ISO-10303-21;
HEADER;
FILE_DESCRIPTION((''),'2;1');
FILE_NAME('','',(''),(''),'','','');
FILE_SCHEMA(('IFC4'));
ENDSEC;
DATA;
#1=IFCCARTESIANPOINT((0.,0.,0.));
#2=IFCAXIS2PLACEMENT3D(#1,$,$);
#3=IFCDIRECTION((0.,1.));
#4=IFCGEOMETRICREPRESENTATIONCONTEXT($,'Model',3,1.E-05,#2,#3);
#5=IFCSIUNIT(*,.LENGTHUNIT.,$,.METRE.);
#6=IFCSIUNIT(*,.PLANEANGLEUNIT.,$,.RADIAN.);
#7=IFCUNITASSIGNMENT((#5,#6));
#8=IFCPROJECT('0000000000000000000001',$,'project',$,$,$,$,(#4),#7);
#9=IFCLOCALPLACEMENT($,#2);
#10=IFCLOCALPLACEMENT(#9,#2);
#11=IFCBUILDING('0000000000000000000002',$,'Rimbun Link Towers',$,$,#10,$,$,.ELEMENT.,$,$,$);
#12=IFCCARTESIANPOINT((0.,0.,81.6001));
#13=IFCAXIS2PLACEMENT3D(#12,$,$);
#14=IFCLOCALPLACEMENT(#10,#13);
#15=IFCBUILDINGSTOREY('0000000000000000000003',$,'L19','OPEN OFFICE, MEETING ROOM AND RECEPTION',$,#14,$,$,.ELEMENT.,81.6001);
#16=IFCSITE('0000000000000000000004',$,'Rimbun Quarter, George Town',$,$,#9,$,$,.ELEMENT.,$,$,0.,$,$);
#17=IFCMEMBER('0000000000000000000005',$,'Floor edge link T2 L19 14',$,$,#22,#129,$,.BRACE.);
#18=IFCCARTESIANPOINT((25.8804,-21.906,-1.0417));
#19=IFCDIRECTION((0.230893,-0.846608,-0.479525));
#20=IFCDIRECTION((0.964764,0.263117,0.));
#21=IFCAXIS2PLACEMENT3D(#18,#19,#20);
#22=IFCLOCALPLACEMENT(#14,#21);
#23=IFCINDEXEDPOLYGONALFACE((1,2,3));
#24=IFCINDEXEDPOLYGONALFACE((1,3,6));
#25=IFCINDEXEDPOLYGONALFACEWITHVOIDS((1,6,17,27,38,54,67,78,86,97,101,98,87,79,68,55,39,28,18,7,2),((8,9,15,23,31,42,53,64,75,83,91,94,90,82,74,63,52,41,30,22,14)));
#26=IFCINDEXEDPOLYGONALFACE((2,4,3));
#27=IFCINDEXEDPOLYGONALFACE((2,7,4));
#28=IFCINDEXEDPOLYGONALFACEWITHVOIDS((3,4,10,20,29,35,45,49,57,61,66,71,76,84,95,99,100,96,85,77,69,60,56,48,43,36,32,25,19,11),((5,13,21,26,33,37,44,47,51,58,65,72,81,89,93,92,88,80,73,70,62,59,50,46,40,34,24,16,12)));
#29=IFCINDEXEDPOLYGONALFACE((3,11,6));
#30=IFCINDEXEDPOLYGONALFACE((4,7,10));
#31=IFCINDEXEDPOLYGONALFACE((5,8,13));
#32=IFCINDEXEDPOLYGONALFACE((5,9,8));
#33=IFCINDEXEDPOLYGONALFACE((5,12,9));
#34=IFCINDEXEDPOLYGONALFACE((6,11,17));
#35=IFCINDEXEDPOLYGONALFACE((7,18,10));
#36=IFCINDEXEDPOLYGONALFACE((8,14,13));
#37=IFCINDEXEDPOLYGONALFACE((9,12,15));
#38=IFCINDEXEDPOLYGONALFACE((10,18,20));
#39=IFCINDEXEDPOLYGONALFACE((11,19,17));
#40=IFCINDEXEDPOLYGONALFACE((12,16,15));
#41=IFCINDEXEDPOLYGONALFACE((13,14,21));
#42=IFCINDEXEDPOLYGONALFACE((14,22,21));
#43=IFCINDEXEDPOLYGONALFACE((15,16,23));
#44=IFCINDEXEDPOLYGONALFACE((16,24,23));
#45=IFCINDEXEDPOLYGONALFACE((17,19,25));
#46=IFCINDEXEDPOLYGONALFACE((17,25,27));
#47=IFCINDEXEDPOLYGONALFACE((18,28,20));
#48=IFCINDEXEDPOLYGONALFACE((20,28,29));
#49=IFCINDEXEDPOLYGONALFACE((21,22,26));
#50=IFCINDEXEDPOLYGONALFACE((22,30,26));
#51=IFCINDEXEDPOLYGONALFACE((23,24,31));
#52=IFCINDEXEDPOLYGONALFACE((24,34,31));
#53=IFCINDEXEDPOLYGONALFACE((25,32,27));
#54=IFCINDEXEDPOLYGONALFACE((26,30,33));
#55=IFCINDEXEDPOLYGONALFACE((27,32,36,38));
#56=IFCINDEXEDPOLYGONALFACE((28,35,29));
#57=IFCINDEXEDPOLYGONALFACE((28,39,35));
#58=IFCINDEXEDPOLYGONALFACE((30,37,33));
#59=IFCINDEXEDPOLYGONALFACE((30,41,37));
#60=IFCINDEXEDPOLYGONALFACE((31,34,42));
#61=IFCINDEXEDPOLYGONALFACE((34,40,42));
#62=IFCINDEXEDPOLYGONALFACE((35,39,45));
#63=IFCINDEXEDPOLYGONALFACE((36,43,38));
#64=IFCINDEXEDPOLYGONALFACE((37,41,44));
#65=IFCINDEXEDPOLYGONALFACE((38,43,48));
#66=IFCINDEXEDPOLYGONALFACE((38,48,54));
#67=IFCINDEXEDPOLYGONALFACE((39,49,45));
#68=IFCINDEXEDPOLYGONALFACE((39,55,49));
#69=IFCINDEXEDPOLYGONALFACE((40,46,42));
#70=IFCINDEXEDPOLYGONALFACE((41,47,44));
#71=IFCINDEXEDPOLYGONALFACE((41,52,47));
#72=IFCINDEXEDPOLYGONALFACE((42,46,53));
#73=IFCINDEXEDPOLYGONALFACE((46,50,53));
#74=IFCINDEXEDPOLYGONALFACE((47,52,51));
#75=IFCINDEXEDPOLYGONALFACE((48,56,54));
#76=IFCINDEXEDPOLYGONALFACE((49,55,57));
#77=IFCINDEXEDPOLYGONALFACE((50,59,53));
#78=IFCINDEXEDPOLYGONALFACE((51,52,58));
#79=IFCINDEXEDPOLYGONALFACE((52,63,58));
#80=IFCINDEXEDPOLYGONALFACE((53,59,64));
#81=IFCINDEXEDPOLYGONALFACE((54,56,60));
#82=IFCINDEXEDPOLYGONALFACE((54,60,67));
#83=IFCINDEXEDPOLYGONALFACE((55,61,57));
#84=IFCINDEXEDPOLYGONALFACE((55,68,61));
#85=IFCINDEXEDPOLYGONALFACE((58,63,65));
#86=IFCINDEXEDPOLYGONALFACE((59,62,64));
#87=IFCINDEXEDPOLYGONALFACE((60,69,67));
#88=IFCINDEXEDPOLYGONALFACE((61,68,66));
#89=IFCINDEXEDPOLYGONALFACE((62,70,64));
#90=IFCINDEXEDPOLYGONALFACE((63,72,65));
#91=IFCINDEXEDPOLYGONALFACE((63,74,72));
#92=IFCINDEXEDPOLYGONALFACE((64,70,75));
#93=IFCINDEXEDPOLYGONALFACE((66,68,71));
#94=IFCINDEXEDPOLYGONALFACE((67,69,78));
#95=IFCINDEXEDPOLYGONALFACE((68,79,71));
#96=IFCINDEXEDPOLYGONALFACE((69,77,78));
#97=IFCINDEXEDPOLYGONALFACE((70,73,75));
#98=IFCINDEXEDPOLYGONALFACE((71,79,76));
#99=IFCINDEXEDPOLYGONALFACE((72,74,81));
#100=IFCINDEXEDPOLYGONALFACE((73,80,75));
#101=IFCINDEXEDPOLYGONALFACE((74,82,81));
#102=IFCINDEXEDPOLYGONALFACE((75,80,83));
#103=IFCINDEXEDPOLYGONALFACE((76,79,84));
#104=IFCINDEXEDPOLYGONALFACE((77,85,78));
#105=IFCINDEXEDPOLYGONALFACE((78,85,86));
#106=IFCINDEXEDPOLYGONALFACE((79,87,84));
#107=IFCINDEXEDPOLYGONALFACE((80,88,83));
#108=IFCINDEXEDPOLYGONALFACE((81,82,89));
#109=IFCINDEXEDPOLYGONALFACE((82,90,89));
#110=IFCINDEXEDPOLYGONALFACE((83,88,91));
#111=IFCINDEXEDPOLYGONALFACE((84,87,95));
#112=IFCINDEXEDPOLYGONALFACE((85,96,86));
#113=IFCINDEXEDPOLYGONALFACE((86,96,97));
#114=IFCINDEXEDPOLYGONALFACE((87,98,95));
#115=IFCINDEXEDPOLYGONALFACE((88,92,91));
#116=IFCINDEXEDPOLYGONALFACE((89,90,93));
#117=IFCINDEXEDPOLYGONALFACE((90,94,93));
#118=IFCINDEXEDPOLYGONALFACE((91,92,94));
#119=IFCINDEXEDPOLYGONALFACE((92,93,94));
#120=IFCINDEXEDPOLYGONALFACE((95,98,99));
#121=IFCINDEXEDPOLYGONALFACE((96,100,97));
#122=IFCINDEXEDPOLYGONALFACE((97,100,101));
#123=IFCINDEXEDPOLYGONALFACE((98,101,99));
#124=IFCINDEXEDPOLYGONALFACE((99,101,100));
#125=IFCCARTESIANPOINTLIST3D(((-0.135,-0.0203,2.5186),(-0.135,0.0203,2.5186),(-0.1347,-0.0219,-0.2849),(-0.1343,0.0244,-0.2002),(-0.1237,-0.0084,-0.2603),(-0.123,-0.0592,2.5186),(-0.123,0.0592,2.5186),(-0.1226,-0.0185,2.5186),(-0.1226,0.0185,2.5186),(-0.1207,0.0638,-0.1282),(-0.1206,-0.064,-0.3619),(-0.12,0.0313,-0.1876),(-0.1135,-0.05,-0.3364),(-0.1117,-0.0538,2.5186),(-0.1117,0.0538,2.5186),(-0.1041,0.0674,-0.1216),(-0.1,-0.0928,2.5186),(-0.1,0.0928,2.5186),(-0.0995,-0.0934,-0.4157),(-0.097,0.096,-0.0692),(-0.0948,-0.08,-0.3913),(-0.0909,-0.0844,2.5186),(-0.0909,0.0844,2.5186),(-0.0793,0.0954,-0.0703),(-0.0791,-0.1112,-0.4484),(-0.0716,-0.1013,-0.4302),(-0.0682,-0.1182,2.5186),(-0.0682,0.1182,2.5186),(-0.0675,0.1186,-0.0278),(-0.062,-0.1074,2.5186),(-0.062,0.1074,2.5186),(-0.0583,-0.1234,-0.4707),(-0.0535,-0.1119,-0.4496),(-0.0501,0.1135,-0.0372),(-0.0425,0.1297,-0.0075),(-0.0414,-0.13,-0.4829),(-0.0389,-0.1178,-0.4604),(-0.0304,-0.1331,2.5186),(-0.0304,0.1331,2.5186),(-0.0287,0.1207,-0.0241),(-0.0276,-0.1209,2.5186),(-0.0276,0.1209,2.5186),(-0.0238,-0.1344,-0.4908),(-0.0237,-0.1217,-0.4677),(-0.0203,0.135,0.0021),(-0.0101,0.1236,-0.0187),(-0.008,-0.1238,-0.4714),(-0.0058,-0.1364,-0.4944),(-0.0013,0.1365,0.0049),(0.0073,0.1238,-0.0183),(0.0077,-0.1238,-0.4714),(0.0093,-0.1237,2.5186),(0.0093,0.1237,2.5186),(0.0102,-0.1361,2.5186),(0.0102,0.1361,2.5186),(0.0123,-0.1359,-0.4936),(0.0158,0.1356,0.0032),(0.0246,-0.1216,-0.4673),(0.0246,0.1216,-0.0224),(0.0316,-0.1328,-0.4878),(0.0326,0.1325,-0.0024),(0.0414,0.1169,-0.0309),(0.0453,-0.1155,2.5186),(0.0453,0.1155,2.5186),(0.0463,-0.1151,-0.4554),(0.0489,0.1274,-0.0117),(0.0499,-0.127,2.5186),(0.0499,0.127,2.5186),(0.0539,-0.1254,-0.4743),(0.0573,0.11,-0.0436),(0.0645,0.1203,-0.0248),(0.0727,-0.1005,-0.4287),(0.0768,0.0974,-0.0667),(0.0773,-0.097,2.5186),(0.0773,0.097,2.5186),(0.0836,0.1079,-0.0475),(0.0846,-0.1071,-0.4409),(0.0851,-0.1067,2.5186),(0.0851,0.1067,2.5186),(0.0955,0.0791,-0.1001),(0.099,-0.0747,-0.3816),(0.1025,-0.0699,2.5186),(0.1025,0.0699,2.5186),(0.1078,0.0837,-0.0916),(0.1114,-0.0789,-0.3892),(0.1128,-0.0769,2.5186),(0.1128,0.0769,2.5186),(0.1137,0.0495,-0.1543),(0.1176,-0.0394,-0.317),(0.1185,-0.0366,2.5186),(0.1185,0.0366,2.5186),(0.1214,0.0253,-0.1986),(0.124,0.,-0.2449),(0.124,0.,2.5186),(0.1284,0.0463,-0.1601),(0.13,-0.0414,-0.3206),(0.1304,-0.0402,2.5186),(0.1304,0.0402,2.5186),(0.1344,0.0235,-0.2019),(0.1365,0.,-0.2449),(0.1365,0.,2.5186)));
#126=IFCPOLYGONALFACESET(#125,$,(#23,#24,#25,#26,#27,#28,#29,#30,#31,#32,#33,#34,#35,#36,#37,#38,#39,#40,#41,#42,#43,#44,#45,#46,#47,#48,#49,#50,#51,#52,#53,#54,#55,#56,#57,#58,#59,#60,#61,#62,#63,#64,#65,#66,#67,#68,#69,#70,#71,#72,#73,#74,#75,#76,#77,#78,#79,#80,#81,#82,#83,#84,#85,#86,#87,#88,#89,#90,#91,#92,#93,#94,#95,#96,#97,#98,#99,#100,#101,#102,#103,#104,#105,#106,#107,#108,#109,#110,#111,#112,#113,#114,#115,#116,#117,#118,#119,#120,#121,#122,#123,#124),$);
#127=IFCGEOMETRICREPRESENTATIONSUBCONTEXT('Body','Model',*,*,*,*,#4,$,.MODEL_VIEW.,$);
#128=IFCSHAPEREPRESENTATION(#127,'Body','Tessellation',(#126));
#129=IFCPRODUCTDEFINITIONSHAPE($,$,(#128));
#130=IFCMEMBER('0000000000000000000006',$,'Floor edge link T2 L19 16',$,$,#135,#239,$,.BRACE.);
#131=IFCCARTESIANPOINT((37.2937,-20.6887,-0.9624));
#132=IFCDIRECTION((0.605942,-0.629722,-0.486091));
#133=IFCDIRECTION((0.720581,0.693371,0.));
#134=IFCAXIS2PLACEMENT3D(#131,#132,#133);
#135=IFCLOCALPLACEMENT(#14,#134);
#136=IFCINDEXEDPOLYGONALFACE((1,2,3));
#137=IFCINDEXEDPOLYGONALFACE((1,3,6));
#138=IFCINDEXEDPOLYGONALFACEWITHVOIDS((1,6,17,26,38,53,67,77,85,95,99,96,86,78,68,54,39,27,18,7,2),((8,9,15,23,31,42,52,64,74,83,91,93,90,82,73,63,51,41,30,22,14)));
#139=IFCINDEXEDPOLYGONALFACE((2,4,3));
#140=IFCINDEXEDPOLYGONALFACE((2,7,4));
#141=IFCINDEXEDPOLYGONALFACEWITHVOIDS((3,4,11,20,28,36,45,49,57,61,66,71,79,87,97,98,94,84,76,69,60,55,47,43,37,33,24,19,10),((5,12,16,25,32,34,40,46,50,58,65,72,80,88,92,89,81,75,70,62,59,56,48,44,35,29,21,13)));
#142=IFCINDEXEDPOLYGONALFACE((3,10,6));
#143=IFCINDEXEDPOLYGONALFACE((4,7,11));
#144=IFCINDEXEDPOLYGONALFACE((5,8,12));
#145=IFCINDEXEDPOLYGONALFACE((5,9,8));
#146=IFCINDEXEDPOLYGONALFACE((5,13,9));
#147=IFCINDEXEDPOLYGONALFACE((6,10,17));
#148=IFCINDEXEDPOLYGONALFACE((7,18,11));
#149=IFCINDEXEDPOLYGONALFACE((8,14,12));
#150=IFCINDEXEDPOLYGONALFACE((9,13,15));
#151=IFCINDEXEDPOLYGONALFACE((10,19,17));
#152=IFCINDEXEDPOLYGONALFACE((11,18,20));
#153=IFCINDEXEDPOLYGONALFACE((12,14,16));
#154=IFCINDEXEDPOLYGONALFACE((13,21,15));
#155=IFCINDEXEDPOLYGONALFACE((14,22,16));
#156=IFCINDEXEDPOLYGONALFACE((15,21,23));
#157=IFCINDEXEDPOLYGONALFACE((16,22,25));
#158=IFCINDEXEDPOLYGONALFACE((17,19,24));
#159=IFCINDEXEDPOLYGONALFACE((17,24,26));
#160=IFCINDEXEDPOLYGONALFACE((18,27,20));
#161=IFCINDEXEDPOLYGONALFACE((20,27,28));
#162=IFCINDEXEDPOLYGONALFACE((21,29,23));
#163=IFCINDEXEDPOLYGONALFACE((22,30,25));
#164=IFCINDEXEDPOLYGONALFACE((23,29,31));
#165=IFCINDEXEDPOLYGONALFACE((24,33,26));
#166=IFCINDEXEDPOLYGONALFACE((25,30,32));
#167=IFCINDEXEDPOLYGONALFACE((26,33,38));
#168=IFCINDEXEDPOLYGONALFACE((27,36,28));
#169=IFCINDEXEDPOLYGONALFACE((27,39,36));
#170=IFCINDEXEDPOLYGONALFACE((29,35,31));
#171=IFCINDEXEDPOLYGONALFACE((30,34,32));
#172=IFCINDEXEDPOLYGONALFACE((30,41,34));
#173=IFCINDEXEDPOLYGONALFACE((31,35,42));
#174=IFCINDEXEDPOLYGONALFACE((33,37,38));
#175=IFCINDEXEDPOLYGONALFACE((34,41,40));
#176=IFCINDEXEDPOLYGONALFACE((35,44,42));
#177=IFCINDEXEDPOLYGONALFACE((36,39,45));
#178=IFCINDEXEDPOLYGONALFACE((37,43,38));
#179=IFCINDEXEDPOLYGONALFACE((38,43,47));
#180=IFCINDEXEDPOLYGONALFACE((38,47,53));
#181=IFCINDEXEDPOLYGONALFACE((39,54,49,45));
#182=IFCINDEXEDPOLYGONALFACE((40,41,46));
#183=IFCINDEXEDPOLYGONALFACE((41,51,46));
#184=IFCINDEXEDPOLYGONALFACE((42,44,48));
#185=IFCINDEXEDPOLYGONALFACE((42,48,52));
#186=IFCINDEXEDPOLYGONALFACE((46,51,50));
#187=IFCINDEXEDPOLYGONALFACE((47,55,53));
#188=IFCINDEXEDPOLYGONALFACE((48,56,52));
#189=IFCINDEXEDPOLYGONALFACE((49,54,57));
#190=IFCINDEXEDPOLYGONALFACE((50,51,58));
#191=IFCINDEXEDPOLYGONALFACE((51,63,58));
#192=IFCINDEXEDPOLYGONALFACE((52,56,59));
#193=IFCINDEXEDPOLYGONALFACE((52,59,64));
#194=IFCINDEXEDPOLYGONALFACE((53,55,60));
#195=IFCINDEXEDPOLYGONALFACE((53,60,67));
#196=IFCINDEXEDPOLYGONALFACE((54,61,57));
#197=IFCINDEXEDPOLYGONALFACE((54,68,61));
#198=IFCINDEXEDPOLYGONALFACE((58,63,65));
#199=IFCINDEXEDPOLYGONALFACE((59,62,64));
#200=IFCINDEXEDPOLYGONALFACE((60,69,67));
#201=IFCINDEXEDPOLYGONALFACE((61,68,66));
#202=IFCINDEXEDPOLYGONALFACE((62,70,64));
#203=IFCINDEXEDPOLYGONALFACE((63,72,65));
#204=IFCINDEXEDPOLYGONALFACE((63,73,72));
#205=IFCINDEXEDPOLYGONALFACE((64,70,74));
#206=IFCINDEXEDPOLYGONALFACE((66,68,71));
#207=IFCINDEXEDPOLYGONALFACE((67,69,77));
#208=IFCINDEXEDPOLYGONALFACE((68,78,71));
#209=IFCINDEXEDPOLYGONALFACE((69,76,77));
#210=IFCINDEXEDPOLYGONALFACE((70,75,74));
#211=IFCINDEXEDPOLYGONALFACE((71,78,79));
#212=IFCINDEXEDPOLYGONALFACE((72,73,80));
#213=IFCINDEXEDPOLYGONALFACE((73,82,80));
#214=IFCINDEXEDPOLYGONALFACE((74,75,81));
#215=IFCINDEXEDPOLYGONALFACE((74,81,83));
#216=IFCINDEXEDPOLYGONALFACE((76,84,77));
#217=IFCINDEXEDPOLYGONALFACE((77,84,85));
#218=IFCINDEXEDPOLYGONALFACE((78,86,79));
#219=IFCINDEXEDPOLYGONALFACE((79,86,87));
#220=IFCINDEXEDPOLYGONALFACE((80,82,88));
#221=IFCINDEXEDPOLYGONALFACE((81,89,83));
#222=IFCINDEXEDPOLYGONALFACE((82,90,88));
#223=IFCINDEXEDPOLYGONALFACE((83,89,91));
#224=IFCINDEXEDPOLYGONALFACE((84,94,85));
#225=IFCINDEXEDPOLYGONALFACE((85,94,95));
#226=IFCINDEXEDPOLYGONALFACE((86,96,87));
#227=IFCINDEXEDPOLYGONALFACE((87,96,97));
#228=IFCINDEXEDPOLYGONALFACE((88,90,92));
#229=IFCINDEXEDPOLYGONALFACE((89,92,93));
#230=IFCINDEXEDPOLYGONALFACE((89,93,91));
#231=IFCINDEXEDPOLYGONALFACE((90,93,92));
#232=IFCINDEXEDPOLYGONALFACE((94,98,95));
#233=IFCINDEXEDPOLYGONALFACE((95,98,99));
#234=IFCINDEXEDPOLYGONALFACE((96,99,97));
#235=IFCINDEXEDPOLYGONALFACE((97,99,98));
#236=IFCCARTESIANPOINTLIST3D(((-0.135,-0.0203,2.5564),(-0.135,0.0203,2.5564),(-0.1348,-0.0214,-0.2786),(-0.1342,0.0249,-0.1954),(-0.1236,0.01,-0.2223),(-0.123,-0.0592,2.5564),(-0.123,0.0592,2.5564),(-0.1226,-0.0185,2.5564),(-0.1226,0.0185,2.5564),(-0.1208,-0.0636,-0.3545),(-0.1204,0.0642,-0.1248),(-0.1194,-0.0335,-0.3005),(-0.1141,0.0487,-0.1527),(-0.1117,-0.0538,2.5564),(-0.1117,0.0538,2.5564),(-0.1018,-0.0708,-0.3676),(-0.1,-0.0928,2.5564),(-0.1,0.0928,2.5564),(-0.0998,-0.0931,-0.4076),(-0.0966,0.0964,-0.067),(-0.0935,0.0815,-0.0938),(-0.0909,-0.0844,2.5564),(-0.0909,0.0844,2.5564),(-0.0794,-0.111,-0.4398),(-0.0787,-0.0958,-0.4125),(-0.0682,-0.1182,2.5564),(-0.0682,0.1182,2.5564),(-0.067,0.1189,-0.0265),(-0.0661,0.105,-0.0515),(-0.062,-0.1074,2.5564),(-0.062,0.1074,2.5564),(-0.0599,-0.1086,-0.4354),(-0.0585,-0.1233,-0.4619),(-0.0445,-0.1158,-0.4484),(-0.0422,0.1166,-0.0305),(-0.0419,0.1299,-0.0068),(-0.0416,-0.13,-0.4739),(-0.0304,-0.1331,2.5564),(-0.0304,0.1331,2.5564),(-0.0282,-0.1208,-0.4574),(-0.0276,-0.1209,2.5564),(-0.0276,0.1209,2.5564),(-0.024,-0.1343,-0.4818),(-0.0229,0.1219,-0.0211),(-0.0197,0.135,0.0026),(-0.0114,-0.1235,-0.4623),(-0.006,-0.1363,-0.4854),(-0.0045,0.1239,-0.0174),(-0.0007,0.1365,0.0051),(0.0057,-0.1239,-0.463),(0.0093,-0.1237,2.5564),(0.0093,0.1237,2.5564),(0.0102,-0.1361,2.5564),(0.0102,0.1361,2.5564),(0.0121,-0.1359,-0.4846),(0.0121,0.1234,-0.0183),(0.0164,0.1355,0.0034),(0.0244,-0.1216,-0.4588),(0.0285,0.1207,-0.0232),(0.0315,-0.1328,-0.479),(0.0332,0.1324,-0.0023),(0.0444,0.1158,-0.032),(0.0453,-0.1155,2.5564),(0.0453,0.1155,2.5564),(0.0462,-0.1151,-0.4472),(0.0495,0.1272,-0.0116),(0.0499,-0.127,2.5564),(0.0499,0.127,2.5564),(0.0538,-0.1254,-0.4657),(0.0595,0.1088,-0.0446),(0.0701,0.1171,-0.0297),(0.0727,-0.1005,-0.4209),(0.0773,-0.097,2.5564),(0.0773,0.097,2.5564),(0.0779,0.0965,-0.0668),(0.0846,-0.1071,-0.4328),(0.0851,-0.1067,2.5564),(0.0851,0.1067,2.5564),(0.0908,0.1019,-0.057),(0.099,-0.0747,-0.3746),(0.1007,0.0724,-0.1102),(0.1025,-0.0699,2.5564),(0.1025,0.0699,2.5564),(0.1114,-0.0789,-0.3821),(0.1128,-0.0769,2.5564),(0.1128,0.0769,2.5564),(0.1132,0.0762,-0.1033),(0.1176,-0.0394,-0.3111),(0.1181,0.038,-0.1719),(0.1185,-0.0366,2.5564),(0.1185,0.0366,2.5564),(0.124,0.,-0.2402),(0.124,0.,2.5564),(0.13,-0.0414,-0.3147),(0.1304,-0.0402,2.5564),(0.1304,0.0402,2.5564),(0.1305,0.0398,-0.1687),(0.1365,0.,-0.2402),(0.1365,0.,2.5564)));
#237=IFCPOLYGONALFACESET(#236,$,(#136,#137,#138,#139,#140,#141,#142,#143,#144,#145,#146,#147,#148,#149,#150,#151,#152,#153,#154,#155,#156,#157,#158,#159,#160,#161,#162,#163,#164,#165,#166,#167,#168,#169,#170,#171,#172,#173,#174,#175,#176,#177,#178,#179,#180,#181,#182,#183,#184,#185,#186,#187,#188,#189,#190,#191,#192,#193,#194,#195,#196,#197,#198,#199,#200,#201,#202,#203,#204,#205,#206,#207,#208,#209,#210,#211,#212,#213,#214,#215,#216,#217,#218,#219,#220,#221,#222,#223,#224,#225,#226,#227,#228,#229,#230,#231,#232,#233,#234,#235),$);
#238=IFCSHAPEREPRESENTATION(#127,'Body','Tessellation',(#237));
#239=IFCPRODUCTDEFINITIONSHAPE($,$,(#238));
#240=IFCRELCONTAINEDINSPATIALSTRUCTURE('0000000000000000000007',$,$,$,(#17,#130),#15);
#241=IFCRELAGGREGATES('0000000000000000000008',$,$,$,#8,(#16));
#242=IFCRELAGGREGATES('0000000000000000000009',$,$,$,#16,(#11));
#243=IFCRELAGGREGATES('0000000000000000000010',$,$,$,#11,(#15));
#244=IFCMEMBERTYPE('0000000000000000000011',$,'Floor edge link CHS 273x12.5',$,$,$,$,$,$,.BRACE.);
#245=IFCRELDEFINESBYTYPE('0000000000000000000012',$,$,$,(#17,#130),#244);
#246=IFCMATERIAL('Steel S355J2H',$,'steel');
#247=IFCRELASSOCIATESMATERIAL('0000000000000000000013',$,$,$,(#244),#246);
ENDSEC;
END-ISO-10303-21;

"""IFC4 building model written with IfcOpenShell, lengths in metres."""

from ifc_helpers import new_model, si_unit, direction, frame, origin, origin_2d, place, context, subcontext, project, spatial, hollow_circle, extrude, clip, halfspace, material, material_profile, profile_set, type_object, element, save


model = new_model("IFC4")

# Units and contexts
model_context = context("Model", 3, precision=1e-05, world=origin(), true_north=direction((0.0, 1.0)))
body_context = subcontext(model_context, "Body", "Model", "MODEL_VIEW")
ifc_project = project(units=[si_unit("LENGTHUNIT", "METRE"), si_unit("PLANEANGLEUNIT", "RADIAN")], contexts=[model_context])

# Site, building, storey
site_placement = place(None, origin())
site = spatial("IfcSite", under=ifc_project, at=site_placement, Name="Rimbun Quarter, George Town", CompositionType="ELEMENT", RefElevation=0.0)
building_placement = place(site_placement, origin())
building = spatial("IfcBuilding", under=site, at=building_placement, Name="Rimbun Link Towers", CompositionType="ELEMENT")
storey_placement = place(building_placement, frame((0.0, 0.0, 81.6001)))
storey = spatial("IfcBuildingStorey", under=building, at=storey_placement, Name="L19", Description="OPEN OFFICE, MEETING ROOM AND RECEPTION", CompositionType="ELEMENT", Elevation=81.6001)

# Members
ifc_material_1 = material(Name="Steel S355J2H", Category="steel")
ifc_material_profile_1 = material_profile(ifc_material_1, hollow_circle(Radius=0.1365, WallThickness=0.0125, at=origin_2d()), Name="CHS 273x12.5")
ifc_profile_set_1 = profile_set([ifc_material_profile_1], Name="Steel S355J2H")
member_type_1 = type_object("IfcMemberType", Name="Floor edge link CHS 273x12.5", PredefinedType="BRACE", material=ifc_profile_set_1)
member_1_placement = place(storey_placement, frame((25.8804, -21.906, -1.0417), z_axis=(0.230893, -0.846608, -0.479525), x_axis=(0.964764, 0.263117, 0.0)))
element("IfcMember", 1, at=member_1_placement, inside=storey, type_object=member_type_1, Name="Floor edge link T2 L19 14", PredefinedType="BRACE", context=body_context, shape_type="Clipping", body=[
    clip(extrude(hollow_circle(Radius=0.1365, WallThickness=0.0125, at=origin_2d()), frame((0.0, 0.0, -0.5205)), (0.0, 0.0, 1.0), 3.0391), halfspace(frame((0.0, 0.0, -0.2449), z_axis=(0.0, 0.877528, -0.479525)), False)),
])
member_2_placement = place(storey_placement, frame((37.2937, -20.6887, -0.9624), z_axis=(0.605942, -0.629722, -0.486091), x_axis=(0.720581, 0.693371, 0.0)))
element("IfcMember", 2, at=member_2_placement, inside=storey, type_object=member_type_1, Name="Floor edge link T2 L19 16", PredefinedType="BRACE", context=body_context, shape_type="Clipping", body=[
    clip(extrude(hollow_circle(Radius=0.1365, WallThickness=0.0125, at=origin_2d()), frame((0.0, 0.0, -0.5115)), (0.0, 0.0, 1.0), 3.0679), halfspace(frame((0.0, 0.0, -0.2402), z_axis=(0.0, 0.873908, -0.486091)), False)),
])

save(model, "model.ifc")
